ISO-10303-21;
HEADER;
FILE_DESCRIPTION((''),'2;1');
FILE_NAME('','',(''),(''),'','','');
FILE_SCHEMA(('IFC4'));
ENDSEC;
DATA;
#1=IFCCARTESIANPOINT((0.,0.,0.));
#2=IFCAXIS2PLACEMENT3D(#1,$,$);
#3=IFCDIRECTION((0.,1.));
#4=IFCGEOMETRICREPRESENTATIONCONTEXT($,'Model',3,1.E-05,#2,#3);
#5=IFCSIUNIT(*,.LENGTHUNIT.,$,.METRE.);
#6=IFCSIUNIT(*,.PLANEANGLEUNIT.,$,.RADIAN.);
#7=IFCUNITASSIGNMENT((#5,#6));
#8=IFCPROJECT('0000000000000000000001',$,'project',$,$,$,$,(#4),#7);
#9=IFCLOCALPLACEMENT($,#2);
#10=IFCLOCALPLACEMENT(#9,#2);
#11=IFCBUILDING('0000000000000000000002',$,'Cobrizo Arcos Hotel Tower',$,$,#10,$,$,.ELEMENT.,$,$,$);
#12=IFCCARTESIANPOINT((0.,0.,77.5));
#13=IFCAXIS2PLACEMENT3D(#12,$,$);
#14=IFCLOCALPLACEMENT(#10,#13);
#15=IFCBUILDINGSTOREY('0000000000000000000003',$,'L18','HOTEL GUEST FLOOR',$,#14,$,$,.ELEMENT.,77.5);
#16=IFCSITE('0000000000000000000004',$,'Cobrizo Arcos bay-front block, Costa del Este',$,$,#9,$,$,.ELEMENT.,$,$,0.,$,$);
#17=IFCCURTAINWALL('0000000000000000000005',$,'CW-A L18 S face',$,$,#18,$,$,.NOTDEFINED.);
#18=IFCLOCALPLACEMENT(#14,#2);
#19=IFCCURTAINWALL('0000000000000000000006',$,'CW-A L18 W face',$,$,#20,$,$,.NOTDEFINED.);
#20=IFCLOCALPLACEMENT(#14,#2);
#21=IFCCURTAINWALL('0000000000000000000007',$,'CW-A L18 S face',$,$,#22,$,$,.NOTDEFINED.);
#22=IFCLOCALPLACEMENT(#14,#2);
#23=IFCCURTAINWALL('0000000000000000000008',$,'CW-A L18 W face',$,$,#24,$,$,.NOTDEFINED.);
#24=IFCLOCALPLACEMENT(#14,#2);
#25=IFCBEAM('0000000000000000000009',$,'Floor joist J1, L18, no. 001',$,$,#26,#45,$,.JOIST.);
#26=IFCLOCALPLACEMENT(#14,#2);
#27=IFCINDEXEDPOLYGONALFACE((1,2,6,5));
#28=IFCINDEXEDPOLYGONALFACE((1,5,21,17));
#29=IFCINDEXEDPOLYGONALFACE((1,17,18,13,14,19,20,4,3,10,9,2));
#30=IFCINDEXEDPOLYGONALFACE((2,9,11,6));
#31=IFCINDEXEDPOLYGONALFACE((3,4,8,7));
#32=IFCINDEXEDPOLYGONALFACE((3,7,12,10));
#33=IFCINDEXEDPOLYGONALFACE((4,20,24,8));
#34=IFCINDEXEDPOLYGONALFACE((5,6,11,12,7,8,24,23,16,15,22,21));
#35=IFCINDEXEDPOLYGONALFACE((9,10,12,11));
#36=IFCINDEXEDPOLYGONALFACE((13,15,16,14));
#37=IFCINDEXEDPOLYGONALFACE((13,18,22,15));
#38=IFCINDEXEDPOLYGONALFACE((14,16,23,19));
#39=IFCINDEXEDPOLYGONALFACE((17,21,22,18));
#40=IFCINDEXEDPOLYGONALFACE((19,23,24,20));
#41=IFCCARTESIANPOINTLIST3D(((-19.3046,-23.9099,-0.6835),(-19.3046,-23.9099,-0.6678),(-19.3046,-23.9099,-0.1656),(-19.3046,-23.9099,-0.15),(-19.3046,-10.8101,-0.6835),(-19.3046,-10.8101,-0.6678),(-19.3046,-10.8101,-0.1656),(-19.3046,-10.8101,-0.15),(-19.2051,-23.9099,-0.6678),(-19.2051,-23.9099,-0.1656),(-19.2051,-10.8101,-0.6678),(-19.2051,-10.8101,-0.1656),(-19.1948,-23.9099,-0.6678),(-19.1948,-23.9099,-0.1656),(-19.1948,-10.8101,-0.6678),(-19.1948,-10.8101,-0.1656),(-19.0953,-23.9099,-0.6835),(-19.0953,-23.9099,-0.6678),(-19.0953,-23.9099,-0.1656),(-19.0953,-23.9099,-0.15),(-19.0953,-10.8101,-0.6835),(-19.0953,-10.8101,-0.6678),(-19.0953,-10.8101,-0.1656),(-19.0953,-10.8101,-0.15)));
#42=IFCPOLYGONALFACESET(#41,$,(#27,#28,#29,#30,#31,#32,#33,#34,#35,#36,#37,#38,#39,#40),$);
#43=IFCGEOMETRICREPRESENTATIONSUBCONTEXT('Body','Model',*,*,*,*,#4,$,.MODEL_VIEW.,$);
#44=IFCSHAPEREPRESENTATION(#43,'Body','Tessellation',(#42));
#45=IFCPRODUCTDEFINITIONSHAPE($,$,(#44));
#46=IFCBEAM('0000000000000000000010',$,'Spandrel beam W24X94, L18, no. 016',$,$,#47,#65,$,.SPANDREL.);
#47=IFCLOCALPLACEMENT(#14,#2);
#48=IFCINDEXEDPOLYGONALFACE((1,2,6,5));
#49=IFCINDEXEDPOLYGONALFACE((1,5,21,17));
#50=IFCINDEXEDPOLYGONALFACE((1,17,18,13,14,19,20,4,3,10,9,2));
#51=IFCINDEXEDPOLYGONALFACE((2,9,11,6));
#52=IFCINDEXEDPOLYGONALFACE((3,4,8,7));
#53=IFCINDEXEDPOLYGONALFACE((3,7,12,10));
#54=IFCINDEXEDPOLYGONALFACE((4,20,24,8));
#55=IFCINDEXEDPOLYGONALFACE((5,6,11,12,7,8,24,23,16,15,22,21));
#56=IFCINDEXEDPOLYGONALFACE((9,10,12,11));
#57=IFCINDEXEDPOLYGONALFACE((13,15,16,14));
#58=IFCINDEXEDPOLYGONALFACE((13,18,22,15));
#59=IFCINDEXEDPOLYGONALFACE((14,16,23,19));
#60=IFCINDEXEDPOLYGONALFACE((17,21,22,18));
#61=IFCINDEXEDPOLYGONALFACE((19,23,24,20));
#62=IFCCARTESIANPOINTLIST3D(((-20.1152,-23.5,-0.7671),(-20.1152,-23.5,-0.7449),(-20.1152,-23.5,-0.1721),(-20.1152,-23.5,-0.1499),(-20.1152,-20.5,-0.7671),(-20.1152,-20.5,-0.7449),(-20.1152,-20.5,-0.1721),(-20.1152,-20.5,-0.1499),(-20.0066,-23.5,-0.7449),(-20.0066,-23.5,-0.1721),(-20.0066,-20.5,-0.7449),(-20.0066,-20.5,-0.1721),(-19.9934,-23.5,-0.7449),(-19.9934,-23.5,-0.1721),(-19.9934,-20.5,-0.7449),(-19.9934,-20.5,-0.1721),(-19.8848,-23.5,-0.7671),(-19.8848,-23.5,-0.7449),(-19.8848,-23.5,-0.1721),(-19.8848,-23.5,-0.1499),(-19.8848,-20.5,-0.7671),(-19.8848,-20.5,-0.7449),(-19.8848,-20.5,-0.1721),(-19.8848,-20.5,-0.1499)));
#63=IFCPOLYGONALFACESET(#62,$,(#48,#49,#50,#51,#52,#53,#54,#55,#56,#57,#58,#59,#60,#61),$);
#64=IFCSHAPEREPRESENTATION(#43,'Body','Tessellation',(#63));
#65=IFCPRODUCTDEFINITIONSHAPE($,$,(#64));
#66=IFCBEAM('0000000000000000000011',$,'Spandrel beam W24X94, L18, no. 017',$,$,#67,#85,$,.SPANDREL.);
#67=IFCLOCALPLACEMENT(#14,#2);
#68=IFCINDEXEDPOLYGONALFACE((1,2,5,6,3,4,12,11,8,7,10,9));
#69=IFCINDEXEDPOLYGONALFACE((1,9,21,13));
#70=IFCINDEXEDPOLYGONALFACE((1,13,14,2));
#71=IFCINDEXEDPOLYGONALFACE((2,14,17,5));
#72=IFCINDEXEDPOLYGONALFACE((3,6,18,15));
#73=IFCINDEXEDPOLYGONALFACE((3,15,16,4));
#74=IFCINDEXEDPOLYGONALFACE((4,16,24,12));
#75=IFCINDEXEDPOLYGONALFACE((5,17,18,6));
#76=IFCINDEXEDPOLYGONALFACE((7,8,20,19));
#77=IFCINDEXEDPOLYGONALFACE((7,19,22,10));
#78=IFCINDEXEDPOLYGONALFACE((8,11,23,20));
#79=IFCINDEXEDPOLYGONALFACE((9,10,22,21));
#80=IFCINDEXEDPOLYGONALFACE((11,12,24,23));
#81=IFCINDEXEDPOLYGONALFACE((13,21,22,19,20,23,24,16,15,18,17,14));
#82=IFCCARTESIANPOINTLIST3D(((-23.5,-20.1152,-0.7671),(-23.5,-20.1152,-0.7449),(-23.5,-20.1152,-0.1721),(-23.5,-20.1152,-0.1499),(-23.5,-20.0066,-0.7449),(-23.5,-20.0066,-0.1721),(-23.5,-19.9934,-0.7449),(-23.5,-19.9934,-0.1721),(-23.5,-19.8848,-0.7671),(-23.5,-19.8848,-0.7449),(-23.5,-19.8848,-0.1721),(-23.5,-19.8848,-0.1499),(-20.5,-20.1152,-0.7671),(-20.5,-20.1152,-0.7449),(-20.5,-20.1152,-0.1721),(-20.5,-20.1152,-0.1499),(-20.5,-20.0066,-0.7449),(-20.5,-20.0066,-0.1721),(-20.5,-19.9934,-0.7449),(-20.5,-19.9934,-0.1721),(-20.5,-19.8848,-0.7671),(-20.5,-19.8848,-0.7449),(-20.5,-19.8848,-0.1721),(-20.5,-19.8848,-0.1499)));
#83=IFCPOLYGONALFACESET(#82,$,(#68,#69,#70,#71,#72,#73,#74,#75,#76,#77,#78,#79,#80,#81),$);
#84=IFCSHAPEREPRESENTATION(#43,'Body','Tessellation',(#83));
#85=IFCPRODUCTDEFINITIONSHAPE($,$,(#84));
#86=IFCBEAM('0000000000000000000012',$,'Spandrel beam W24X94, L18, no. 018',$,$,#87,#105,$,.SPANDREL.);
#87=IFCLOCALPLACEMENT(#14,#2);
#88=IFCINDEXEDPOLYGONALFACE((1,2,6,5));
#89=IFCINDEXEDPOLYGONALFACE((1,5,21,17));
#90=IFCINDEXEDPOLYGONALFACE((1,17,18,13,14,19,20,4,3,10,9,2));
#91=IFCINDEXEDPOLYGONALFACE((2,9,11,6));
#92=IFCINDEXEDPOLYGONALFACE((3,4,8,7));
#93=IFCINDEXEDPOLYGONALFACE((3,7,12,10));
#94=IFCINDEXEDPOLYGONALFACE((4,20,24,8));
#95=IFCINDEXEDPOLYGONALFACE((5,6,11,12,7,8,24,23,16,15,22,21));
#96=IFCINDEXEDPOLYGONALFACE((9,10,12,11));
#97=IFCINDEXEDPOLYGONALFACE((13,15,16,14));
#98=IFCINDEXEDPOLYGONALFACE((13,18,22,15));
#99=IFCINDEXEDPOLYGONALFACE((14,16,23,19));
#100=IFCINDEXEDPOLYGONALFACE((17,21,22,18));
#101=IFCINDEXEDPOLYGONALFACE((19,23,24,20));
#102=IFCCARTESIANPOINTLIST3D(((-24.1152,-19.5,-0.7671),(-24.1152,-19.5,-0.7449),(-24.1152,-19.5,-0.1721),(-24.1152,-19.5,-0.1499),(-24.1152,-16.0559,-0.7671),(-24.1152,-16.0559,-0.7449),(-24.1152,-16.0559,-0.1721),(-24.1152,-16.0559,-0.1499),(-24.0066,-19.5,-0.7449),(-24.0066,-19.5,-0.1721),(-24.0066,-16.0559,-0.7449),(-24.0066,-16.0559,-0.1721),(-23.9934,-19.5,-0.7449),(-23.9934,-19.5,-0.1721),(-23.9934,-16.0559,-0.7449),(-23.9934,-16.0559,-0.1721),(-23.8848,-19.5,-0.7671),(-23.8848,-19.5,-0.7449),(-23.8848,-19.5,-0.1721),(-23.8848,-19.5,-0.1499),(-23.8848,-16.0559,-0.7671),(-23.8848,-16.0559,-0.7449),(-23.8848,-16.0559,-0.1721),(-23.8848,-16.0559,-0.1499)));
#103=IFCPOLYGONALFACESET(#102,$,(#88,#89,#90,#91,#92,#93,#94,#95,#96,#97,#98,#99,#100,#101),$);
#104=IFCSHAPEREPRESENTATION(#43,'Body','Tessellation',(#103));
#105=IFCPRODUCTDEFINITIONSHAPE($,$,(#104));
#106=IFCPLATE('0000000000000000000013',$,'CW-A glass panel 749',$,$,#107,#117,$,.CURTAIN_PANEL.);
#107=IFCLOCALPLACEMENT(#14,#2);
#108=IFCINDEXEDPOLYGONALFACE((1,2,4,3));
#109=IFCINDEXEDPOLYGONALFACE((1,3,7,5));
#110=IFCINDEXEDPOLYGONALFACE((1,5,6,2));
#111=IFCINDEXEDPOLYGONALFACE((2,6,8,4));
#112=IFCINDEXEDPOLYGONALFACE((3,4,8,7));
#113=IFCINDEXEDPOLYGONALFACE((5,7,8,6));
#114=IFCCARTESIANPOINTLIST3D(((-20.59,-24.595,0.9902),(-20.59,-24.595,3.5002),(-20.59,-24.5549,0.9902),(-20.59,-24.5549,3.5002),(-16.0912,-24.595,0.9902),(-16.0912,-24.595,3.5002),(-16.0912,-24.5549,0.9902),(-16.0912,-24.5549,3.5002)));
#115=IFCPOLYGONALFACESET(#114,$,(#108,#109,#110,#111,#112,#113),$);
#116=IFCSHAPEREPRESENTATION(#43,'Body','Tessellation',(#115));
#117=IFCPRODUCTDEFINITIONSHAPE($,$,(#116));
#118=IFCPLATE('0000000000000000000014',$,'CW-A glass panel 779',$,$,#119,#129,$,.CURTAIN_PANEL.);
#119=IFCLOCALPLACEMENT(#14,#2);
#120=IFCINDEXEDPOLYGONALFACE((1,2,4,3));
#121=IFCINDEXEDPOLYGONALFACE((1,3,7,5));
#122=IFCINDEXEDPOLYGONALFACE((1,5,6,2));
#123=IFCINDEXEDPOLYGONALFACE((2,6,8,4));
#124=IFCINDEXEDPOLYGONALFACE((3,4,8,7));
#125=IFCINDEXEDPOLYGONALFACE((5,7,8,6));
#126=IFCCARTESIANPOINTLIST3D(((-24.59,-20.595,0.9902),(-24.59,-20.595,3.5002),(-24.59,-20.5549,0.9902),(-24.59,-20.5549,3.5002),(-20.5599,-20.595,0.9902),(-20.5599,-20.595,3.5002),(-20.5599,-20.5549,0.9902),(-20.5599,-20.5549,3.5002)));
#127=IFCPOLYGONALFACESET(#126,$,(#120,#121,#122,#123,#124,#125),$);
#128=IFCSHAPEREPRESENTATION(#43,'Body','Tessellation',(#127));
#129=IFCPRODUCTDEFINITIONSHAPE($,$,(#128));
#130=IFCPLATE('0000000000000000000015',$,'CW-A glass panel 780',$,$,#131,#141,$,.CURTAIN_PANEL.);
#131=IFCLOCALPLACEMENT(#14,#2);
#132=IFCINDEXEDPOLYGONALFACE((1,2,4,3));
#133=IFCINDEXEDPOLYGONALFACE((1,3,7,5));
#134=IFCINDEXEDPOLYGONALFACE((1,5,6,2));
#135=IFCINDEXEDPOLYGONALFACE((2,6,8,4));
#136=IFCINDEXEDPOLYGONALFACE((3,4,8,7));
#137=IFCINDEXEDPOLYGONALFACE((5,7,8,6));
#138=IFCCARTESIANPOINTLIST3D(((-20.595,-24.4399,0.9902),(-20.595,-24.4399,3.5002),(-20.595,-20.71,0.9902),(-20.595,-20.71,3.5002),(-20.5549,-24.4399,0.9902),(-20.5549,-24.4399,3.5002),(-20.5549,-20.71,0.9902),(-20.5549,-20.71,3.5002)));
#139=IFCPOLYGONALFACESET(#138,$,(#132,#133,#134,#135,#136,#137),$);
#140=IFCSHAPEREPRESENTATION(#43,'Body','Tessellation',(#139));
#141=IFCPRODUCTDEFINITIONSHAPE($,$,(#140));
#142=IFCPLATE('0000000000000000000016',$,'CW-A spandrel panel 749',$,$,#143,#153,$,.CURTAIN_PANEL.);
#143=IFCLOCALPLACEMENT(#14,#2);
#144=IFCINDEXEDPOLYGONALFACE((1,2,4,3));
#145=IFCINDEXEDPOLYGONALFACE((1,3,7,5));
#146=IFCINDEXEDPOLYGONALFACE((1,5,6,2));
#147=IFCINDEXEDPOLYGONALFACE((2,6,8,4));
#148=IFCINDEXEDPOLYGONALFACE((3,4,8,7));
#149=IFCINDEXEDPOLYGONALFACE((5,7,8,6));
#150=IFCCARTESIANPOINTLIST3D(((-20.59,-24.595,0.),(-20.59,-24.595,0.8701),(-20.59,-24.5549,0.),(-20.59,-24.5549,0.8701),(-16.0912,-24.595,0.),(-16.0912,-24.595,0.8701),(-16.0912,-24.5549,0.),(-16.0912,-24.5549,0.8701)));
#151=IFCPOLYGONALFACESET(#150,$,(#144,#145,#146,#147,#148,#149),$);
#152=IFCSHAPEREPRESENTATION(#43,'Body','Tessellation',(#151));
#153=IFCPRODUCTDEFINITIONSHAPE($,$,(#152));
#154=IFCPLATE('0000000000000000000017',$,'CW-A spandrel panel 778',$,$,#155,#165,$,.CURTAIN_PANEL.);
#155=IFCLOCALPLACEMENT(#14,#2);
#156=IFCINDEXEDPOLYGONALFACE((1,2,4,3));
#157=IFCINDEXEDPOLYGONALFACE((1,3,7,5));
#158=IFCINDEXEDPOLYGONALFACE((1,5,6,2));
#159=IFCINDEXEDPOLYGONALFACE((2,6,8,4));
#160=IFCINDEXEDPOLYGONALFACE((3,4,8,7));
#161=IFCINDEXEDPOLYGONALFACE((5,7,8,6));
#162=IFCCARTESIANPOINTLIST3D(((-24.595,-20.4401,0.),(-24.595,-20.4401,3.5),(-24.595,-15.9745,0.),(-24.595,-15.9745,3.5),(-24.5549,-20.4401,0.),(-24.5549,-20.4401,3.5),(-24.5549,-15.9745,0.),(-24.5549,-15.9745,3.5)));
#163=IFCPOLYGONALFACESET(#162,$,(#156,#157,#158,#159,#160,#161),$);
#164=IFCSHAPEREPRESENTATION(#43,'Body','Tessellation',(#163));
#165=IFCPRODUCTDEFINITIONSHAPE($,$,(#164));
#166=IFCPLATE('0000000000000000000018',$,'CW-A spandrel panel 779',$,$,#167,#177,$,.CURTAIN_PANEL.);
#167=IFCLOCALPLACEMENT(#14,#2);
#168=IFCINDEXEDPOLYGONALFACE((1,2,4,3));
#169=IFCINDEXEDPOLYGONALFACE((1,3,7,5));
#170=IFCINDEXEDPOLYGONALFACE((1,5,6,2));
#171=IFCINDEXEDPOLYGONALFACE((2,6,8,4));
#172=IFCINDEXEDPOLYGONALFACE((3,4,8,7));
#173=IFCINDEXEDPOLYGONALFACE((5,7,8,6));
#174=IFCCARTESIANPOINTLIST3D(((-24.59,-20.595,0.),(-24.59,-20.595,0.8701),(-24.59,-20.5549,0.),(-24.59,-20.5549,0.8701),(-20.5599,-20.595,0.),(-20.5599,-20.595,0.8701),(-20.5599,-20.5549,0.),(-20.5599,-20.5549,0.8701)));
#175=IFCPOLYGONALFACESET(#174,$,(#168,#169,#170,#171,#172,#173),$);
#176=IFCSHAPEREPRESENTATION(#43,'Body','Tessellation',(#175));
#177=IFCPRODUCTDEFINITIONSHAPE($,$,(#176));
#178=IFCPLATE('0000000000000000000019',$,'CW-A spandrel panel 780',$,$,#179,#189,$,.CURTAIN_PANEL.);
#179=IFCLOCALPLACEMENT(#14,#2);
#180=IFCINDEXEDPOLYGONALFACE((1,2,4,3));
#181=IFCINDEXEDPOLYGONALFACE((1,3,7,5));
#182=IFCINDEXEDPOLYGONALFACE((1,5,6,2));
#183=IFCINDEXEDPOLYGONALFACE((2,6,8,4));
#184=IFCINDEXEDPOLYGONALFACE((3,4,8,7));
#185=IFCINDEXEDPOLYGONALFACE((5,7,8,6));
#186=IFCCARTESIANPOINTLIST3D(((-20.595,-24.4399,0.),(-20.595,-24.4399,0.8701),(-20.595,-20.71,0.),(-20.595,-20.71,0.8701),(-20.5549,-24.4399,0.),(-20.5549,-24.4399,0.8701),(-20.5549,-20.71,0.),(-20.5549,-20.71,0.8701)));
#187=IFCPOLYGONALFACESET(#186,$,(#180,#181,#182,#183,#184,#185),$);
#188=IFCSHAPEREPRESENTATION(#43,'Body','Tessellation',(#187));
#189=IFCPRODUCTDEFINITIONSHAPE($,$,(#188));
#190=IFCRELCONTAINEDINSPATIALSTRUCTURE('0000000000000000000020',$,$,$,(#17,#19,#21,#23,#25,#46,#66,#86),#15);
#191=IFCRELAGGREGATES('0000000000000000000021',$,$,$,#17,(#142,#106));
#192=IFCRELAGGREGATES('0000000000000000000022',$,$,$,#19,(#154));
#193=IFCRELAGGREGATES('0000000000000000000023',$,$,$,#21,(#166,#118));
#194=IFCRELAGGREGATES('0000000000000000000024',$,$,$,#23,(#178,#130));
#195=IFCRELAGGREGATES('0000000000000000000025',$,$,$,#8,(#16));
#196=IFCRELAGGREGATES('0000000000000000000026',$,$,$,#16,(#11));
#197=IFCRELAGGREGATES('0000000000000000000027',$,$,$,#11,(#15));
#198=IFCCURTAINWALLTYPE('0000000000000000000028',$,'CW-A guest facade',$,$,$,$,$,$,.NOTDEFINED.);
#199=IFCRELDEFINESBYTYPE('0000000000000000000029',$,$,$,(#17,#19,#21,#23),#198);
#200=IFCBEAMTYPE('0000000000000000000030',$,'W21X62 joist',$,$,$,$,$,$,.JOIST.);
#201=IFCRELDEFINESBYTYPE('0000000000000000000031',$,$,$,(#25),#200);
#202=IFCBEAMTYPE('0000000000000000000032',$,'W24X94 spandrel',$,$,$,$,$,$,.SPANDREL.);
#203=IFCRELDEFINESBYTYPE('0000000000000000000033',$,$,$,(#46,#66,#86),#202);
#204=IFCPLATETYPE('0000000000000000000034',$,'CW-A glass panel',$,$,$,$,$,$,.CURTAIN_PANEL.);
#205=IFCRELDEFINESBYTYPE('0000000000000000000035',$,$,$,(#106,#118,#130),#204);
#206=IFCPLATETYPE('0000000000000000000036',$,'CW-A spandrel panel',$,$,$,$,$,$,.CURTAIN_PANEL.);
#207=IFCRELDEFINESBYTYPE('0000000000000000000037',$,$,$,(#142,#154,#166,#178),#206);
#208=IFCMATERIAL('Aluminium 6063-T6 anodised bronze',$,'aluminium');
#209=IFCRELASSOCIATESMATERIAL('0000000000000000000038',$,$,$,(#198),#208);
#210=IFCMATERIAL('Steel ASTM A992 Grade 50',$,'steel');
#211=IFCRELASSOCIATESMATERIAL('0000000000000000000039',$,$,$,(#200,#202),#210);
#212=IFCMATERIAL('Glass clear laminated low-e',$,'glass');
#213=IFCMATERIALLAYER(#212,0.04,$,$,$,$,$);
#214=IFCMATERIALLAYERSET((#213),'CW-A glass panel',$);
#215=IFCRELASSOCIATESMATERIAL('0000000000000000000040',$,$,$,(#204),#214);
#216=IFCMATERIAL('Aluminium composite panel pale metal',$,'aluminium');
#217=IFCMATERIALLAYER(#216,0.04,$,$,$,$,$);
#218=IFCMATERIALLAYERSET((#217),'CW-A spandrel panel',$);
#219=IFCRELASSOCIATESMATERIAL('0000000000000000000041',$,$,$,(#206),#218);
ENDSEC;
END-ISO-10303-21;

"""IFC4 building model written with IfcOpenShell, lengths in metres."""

from ifc_helpers import new_model, si_unit, direction, frame, origin, origin_2d, place, context, subcontext, project, spatial, rectangle, i_section, extrude, material, layer, layer_set, material_profile, profile_set, type_object, element, aggregate, save


model = new_model("IFC4")

# Units and contexts
model_context = context("Model", 3, precision=1e-05, world=origin(), true_north=direction((0.0, 1.0)))
body_context = subcontext(model_context, "Body", "Model", "MODEL_VIEW")
ifc_project = project(units=[si_unit("LENGTHUNIT", "METRE"), si_unit("PLANEANGLEUNIT", "RADIAN")], contexts=[model_context])

# Site, building, storey
site_placement = place(None, origin())
site = spatial("IfcSite", under=ifc_project, at=site_placement, Name="Cobrizo Arcos bay-front block, Costa del Este", CompositionType="ELEMENT", RefElevation=0.0)
building_placement = place(site_placement, origin())
building = spatial("IfcBuilding", under=site, at=building_placement, Name="Cobrizo Arcos Hotel Tower", CompositionType="ELEMENT")
storey_placement = place(building_placement, frame((0.0, 0.0, 77.5)))
storey = spatial("IfcBuildingStorey", under=building, at=storey_placement, Name="L18", Description="HOTEL GUEST FLOOR", CompositionType="ELEMENT", Elevation=77.5)

# Curtain wall
ifc_material_1 = material(Name="Aluminium 6063-T6 anodised bronze", Category="aluminium")
curtain_wall_type = type_object("IfcCurtainWallType", Name="CW-A guest facade", PredefinedType="NOTDEFINED", material=ifc_material_1)
curtain_wall_1_placement = place(storey_placement, origin())
curtain_wall_1 = element("IfcCurtainWall", 1, at=curtain_wall_1_placement, inside=storey, type_object=curtain_wall_type, Name="CW-A L18 S face", PredefinedType="NOTDEFINED")

# Curtain walls
curtain_wall_2_placement = place(storey_placement, origin())
curtain_wall_2 = element("IfcCurtainWall", 2, at=curtain_wall_2_placement, inside=storey, type_object=curtain_wall_type, Name="CW-A L18 W face", PredefinedType="NOTDEFINED")
curtain_wall_3_placement = place(storey_placement, origin())
curtain_wall_3 = element("IfcCurtainWall", 3, at=curtain_wall_3_placement, inside=storey, type_object=curtain_wall_type, Name="CW-A L18 S face", PredefinedType="NOTDEFINED")
curtain_wall_4_placement = place(storey_placement, origin())
curtain_wall_4 = element("IfcCurtainWall", 4, at=curtain_wall_4_placement, inside=storey, type_object=curtain_wall_type, Name="CW-A L18 W face", PredefinedType="NOTDEFINED")

# Beams
ifc_material_2 = material(Name="Steel ASTM A992 Grade 50", Category="steel")
ifc_material_profile_1 = material_profile(ifc_material_2, i_section(OverallWidth=0.2092, OverallDepth=0.5334, WebThickness=0.0103, FlangeThickness=0.0156, at=origin_2d()), Name="W21X62")
ifc_profile_set_1 = profile_set([ifc_material_profile_1], Name="Steel ASTM A992 Grade 50")
beam_type_1 = type_object("IfcBeamType", Name="W21X62 joist", PredefinedType="JOIST", material=ifc_profile_set_1)
beam_1_placement = place(storey_placement, frame((-19.2, -23.9099, -0.4167), z_axis=(0.0, 1.0, 0.0), x_axis=(-1.0, 0.0, 0.0)))
element("IfcBeam", 5, at=beam_1_placement, inside=storey, type_object=beam_type_1, Name="Floor joist J1, L18, no. 001", PredefinedType="JOIST", context=body_context, shape_type="SweptSolid", body=[
    extrude(i_section(OverallWidth=0.2092, OverallDepth=0.5334, WebThickness=0.0103, FlangeThickness=0.0156, at=origin_2d()), origin(), (0.0, 0.0, 1.0), 13.0999),
])
ifc_material_profile_2 = material_profile(ifc_material_2, i_section(OverallWidth=0.2305, OverallDepth=0.6172, WebThickness=0.0132, FlangeThickness=0.0222, at=origin_2d()), Name="W24X94")
ifc_profile_set_2 = profile_set([ifc_material_profile_2], Name="Steel ASTM A992 Grade 50")
beam_type_2 = type_object("IfcBeamType", Name="W24X94 spandrel", PredefinedType="SPANDREL", material=ifc_profile_set_2)
for number, where, z_axis, x_axis, name in (
    (6, (-20.0, -23.5, -0.4585), (0.0, 1.0, 0.0), (-1.0, 0.0, 0.0), "Spandrel beam W24X94, L18, no. 016"),
    (7, (-20.5, -20.0, -0.4585), (-1.0, 0.0, 0.0), (0.0, -1.0, 0.0), "Spandrel beam W24X94, L18, no. 017"),
):
    element("IfcBeam", number, at=place(storey_placement, frame(where, z_axis=z_axis, x_axis=x_axis)), inside=storey, type_object=beam_type_2, Name=name, PredefinedType="SPANDREL", context=body_context, shape_type="SweptSolid", body=[
        extrude(i_section(OverallWidth=0.2305, OverallDepth=0.6172, WebThickness=0.0132, FlangeThickness=0.0222, at=origin_2d()), origin(), (0.0, 0.0, 1.0), 3.0),
    ])
beam_2_placement = place(storey_placement, frame((-24.0, -19.5, -0.4585), z_axis=(0.0, 1.0, 0.0), x_axis=(-1.0, 0.0, 0.0)))
element("IfcBeam", 8, at=beam_2_placement, inside=storey, type_object=beam_type_2, Name="Spandrel beam W24X94, L18, no. 018", PredefinedType="SPANDREL", context=body_context, shape_type="SweptSolid", body=[
    extrude(i_section(OverallWidth=0.2305, OverallDepth=0.6172, WebThickness=0.0132, FlangeThickness=0.0222, at=origin_2d()), origin(), (0.0, 0.0, 1.0), 3.4441),
])

# Plates
ifc_material_3 = material(Name="Glass clear laminated low-e", Category="glass")
ifc_layer_1 = layer(ifc_material_3, 0.04)
ifc_layer_set_1 = layer_set([ifc_layer_1], Name="CW-A glass panel")
plate_type_1 = type_object("IfcPlateType", Name="CW-A glass panel", PredefinedType="CURTAIN_PANEL", material=ifc_layer_set_1)
plate_1_placement = place(storey_placement, frame((-18.3406, -24.575, 0.9902), z_axis=(0.0, 0.0, 1.0), x_axis=(1.0, 0.0, 0.0)))
plate_1 = element("IfcPlate", 9, at=plate_1_placement, type_object=plate_type_1, Name="CW-A glass panel 749", PredefinedType="CURTAIN_PANEL", context=body_context, shape_type="SweptSolid", body=[
    extrude(rectangle(XDim=4.4988, YDim=0.04, at=origin_2d()), origin(), (0.0, 0.0, 1.0), 2.51),
])
plate_2_placement = place(storey_placement, frame((-22.575, -20.575, 0.9902), z_axis=(0.0, 0.0, 1.0), x_axis=(1.0, 0.0, 0.0)))
plate_2 = element("IfcPlate", 10, at=plate_2_placement, type_object=plate_type_1, Name="CW-A glass panel 779", PredefinedType="CURTAIN_PANEL", context=body_context, shape_type="SweptSolid", body=[
    extrude(rectangle(XDim=4.03, YDim=0.04, at=origin_2d()), origin(), (0.0, 0.0, 1.0), 2.51),
])
plate_3_placement = place(storey_placement, frame((-20.575, -22.575, 0.9902), z_axis=(0.0, 0.0, 1.0), x_axis=(0.0, -1.0, 0.0)))
plate_3 = element("IfcPlate", 11, at=plate_3_placement, type_object=plate_type_1, Name="CW-A glass panel 780", PredefinedType="CURTAIN_PANEL", context=body_context, shape_type="SweptSolid", body=[
    extrude(rectangle(XDim=3.73, YDim=0.04, at=origin_2d()), origin(), (0.0, 0.0, 1.0), 2.51),
])
ifc_material_4 = material(Name="Aluminium composite panel pale metal", Category="aluminium")
ifc_layer_2 = layer(ifc_material_4, 0.04)
ifc_layer_set_2 = layer_set([ifc_layer_2], Name="CW-A spandrel panel")
plate_type_2 = type_object("IfcPlateType", Name="CW-A spandrel panel", PredefinedType="CURTAIN_PANEL", material=ifc_layer_set_2)
plate_4_placement = place(storey_placement, frame((-18.3406, -24.575, 0.0), z_axis=(0.0, 0.0, 1.0), x_axis=(1.0, 0.0, 0.0)))
plate_4 = element("IfcPlate", 12, at=plate_4_placement, type_object=plate_type_2, Name="CW-A spandrel panel 749", PredefinedType="CURTAIN_PANEL", context=body_context, shape_type="SweptSolid", body=[
    extrude(rectangle(XDim=4.4988, YDim=0.04, at=origin_2d()), origin(), (0.0, 0.0, 1.0), 0.8701),
])
aggregate(curtain_wall_1, [plate_4, plate_1])
plate_5_placement = place(storey_placement, frame((-24.575, -18.2073, 0.0), z_axis=(0.0, 0.0, 1.0), x_axis=(0.0, -1.0, 0.0)))
plate_5 = element("IfcPlate", 13, at=plate_5_placement, type_object=plate_type_2, Name="CW-A spandrel panel 778", PredefinedType="CURTAIN_PANEL", context=body_context, shape_type="SweptSolid", body=[
    extrude(rectangle(XDim=4.4656, YDim=0.04, at=origin_2d()), origin(), (0.0, 0.0, 1.0), 3.5),
])
aggregate(curtain_wall_2, [plate_5])
plate_6_placement = place(storey_placement, frame((-22.575, -20.575, 0.0), z_axis=(0.0, 0.0, 1.0), x_axis=(1.0, 0.0, 0.0)))
plate_6 = element("IfcPlate", 14, at=plate_6_placement, type_object=plate_type_2, Name="CW-A spandrel panel 779", PredefinedType="CURTAIN_PANEL", context=body_context, shape_type="SweptSolid", body=[
    extrude(rectangle(XDim=4.03, YDim=0.04, at=origin_2d()), origin(), (0.0, 0.0, 1.0), 0.8701),
])
aggregate(curtain_wall_3, [plate_6, plate_2])
plate_7_placement = place(storey_placement, frame((-20.575, -22.575, 0.0), z_axis=(0.0, 0.0, 1.0), x_axis=(0.0, -1.0, 0.0)))
plate_7 = element("IfcPlate", 15, at=plate_7_placement, type_object=plate_type_2, Name="CW-A spandrel panel 780", PredefinedType="CURTAIN_PANEL", context=body_context, shape_type="SweptSolid", body=[
    extrude(rectangle(XDim=3.73, YDim=0.04, at=origin_2d()), origin(), (0.0, 0.0, 1.0), 0.8701),
])
aggregate(curtain_wall_4, [plate_7, plate_3])

save(model, "model.ifc")
